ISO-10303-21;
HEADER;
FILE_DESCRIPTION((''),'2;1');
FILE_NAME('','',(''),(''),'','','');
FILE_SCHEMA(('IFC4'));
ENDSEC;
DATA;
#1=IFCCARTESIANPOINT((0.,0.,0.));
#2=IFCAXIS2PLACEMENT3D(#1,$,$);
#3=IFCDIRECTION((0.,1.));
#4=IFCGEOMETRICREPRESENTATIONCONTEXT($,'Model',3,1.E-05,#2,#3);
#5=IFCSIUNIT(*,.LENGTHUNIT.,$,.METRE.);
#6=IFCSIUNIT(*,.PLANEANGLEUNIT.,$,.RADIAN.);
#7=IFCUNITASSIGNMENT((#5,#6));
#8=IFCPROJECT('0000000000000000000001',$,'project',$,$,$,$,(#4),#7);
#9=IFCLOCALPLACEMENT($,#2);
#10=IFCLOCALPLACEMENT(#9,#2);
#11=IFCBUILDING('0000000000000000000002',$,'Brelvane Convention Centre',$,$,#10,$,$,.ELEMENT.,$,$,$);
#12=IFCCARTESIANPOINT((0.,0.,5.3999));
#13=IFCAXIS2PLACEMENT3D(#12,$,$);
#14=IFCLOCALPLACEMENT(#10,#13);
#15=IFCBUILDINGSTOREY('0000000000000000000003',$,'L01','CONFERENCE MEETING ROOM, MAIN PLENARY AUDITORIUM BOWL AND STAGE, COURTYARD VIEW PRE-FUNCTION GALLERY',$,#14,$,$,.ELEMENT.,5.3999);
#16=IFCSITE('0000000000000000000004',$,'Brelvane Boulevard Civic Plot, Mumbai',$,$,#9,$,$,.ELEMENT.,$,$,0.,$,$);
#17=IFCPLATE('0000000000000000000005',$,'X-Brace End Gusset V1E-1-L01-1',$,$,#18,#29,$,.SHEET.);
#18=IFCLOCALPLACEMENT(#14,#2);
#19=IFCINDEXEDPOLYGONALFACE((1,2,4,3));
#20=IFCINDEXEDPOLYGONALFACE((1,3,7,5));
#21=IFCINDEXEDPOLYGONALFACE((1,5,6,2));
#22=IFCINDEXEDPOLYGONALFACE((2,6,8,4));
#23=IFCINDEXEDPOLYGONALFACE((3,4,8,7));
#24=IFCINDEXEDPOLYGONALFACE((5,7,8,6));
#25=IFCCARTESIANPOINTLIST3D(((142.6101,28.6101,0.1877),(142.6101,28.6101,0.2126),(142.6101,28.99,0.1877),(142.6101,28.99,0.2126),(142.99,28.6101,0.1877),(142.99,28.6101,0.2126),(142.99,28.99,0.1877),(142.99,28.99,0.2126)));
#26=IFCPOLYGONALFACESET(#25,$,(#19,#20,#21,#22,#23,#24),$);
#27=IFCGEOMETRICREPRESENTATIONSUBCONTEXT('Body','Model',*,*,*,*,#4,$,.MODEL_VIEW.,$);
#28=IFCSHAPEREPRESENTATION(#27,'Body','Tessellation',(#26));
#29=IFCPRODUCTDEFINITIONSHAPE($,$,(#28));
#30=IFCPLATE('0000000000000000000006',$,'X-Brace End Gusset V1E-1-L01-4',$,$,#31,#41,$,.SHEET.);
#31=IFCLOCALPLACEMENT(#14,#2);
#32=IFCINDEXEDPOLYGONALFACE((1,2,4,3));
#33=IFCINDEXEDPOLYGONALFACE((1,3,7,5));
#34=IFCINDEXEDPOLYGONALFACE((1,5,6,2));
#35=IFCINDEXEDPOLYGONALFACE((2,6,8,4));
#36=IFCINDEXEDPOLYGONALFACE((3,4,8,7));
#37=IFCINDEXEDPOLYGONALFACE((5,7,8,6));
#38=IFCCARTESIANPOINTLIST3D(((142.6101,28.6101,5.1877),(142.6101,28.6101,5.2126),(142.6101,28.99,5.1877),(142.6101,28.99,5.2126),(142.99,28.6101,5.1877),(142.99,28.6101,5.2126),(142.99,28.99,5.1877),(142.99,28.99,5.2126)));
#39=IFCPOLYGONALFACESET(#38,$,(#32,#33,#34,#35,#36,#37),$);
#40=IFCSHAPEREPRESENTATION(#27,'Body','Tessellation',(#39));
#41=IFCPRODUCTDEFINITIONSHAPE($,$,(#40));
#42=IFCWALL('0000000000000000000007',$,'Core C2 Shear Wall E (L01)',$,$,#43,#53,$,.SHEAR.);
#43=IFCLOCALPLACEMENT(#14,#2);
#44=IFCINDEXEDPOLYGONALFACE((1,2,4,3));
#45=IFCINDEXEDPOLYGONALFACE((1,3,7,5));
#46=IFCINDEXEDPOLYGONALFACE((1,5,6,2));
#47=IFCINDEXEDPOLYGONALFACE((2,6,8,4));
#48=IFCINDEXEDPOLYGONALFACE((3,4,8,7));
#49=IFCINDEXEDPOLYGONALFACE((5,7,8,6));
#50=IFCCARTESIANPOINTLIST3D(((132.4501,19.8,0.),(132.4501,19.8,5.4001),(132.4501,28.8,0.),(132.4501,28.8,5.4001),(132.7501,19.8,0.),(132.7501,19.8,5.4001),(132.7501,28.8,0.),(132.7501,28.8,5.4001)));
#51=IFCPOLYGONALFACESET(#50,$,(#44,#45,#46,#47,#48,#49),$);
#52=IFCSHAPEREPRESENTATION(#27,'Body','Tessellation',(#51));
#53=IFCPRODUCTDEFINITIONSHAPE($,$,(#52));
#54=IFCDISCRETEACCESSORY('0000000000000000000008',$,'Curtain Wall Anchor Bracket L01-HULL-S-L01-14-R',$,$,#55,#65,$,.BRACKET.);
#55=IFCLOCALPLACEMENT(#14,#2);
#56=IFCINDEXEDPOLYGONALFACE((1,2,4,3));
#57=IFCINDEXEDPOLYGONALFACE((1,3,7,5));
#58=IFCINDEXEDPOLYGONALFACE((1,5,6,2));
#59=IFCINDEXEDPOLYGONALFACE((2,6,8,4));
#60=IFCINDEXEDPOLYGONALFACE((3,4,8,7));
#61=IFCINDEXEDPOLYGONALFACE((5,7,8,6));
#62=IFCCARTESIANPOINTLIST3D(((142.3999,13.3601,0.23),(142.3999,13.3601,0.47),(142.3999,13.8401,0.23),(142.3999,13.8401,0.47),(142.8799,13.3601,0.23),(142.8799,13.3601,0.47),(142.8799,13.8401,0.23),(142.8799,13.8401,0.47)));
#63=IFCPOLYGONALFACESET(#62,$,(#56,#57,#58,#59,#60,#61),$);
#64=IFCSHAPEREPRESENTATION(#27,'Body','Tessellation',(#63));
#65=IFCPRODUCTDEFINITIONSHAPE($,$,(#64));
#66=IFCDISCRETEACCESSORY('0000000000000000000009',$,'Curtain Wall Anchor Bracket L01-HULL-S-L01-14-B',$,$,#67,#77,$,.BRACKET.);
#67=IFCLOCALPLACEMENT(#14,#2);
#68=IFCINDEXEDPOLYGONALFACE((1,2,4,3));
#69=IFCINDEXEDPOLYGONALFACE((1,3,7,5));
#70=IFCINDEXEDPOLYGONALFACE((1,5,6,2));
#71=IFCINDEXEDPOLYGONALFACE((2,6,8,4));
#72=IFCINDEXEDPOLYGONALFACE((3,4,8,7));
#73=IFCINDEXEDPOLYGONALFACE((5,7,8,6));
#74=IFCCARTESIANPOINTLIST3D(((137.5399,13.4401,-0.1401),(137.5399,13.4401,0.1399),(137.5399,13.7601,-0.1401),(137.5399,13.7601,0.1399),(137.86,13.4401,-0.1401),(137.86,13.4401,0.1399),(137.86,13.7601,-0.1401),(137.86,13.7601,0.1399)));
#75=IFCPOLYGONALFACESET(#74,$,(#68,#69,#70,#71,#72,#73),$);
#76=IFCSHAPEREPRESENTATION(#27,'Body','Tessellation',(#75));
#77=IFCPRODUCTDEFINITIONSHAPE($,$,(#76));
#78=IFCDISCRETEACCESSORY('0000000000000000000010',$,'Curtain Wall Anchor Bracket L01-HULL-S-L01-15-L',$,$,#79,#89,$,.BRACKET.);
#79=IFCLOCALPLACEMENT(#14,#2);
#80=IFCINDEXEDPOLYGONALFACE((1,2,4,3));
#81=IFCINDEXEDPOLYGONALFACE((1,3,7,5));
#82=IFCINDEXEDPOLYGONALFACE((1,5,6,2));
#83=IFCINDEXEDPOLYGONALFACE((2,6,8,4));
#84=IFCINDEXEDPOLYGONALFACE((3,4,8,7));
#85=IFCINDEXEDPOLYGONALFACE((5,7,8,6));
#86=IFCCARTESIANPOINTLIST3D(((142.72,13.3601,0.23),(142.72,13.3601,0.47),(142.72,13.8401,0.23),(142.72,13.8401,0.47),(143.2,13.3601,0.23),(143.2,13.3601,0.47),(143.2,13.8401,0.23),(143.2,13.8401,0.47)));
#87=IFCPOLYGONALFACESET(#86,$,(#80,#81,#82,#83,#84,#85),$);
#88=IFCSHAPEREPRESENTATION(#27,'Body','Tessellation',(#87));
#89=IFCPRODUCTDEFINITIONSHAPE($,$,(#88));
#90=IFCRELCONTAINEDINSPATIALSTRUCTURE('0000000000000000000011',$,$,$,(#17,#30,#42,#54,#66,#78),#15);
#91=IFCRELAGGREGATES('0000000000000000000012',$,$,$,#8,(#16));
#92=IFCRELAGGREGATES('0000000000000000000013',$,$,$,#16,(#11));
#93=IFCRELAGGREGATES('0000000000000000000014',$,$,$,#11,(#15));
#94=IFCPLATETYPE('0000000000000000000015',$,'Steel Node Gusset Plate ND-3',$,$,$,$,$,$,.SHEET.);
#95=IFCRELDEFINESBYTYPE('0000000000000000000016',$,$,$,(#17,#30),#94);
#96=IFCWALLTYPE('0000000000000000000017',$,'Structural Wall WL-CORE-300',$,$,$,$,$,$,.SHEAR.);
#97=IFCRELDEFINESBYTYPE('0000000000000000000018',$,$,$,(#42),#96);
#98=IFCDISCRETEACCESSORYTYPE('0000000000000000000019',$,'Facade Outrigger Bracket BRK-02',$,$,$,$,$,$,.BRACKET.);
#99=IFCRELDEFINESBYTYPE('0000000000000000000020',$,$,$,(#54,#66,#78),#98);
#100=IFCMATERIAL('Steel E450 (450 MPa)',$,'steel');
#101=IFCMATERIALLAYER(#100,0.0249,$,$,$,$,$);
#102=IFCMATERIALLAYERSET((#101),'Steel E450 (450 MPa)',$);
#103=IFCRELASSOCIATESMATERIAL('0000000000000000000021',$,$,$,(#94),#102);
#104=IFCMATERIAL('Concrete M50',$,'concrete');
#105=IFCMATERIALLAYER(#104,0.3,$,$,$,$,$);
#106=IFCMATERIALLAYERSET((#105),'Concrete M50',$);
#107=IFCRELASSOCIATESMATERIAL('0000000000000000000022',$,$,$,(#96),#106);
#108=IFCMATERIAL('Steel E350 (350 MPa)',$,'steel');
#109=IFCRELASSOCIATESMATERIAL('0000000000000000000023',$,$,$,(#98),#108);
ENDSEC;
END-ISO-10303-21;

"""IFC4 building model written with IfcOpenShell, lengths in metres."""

from ifc_helpers import new_model, si_unit, direction, frame, frame_2d, origin, origin_2d, place, context, subcontext, project, spatial, rectangle, extrude, material, layer, layer_set, type_object, element, save


model = new_model("IFC4")

# Units and contexts
model_context = context("Model", 3, precision=1e-05, world=origin(), true_north=direction((0.0, 1.0)))
body_context = subcontext(model_context, "Body", "Model", "MODEL_VIEW")
ifc_project = project(units=[si_unit("LENGTHUNIT", "METRE"), si_unit("PLANEANGLEUNIT", "RADIAN")], contexts=[model_context])

# Site, building, storey
site_placement = place(None, origin())
site = spatial("IfcSite", under=ifc_project, at=site_placement, Name="Brelvane Boulevard Civic Plot, Mumbai", CompositionType="ELEMENT", RefElevation=0.0)
building_placement = place(site_placement, origin())
building = spatial("IfcBuilding", under=site, at=building_placement, Name="Brelvane Convention Centre", CompositionType="ELEMENT")
storey_placement = place(building_placement, frame((0.0, 0.0, 5.3999)))
storey = spatial("IfcBuildingStorey", under=building, at=storey_placement, Name="L01", Description="CONFERENCE MEETING ROOM, MAIN PLENARY AUDITORIUM BOWL AND STAGE, COURTYARD VIEW PRE-FUNCTION GALLERY", CompositionType="ELEMENT", Elevation=5.3999)

# Plates
ifc_material_1 = material(Name="Steel E450 (450 MPa)", Category="steel")
ifc_layer_1 = layer(ifc_material_1, 0.0249)
ifc_layer_set_1 = layer_set([ifc_layer_1], Name="Steel E450 (450 MPa)")
plate_type = type_object("IfcPlateType", Name="Steel Node Gusset Plate ND-3", PredefinedType="SHEET", material=ifc_layer_set_1)
for number, where, z_axis, x_axis, name in (
    (1, (142.8, 28.8, 0.1877), (0.0, 0.0, 1.0), (1.0, 0.0, 0.0), "X-Brace End Gusset V1E-1-L01-1"),
    (2, (142.8, 28.8, 5.1877), (0.0, 0.0, 1.0), (1.0, 0.0, 0.0), "X-Brace End Gusset V1E-1-L01-4"),
):
    element("IfcPlate", number, at=place(storey_placement, frame(where, z_axis=z_axis, x_axis=x_axis)), inside=storey, type_object=plate_type, Name=name, PredefinedType="SHEET", context=body_context, shape_type="SweptSolid", body=[
        extrude(rectangle(XDim=0.3799, YDim=0.3799, at=origin_2d()), origin(), (0.0, 0.0, 1.0), 0.0249),
    ])

# Wall
ifc_material_2 = material(Name="Concrete M50", Category="concrete")
ifc_layer_2 = layer(ifc_material_2, 0.3)
ifc_layer_set_2 = layer_set([ifc_layer_2], Name="Concrete M50")
wall_type = type_object("IfcWallType", Name="Structural Wall WL-CORE-300", PredefinedType="SHEAR", material=ifc_layer_set_2)
wall_placement = place(storey_placement, frame((132.6001, 19.8, 0.0), z_axis=(0.0, 0.0, 1.0), x_axis=(0.0, 1.0, 0.0)))
element("IfcWall", 3, at=wall_placement, inside=storey, type_object=wall_type, Name="Core C2 Shear Wall E (L01)", PredefinedType="SHEAR", context=body_context, shape_type="SweptSolid", body=[
    extrude(rectangle(XDim=9.0, YDim=0.3, at=frame_2d((4.5, 0.0))), origin(), (0.0, 0.0, 1.0), 5.4001),
])

# Discrete accessories
ifc_material_3 = material(Name="Steel E350 (350 MPa)", Category="steel")
discrete_accessory_type = type_object("IfcDiscreteAccessoryType", Name="Facade Outrigger Bracket BRK-02", PredefinedType="BRACKET", material=ifc_material_3)
discrete_accessory_1_placement = place(storey_placement, frame((142.6399, 13.6001, 0.23), z_axis=(0.0, 0.0, 1.0), x_axis=(1.0, 0.0, 0.0)))
element("IfcDiscreteAccessory", 4, at=discrete_accessory_1_placement, inside=storey, type_object=discrete_accessory_type, Name="Curtain Wall Anchor Bracket L01-HULL-S-L01-14-R", PredefinedType="BRACKET", context=body_context, shape_type="SweptSolid", body=[
    extrude(rectangle(XDim=0.48, YDim=0.48, at=origin_2d()), origin(), (0.0, 0.0, 1.0), 0.24),
])
discrete_accessory_2_placement = place(storey_placement, frame((137.7, 13.6001, -0.1401), z_axis=(0.0, 0.0, 1.0), x_axis=(1.0, 0.0, 0.0)))
element("IfcDiscreteAccessory", 5, at=discrete_accessory_2_placement, inside=storey, type_object=discrete_accessory_type, Name="Curtain Wall Anchor Bracket L01-HULL-S-L01-14-B", PredefinedType="BRACKET", context=body_context, shape_type="SweptSolid", body=[
    extrude(rectangle(XDim=0.3201, YDim=0.3201, at=origin_2d()), origin(), (0.0, 0.0, 1.0), 0.28),
])
discrete_accessory_3_placement = place(storey_placement, frame((142.96, 13.6001, 0.23), z_axis=(0.0, 0.0, 1.0), x_axis=(1.0, 0.0, 0.0)))
element("IfcDiscreteAccessory", 6, at=discrete_accessory_3_placement, inside=storey, type_object=discrete_accessory_type, Name="Curtain Wall Anchor Bracket L01-HULL-S-L01-15-L", PredefinedType="BRACKET", context=body_context, shape_type="SweptSolid", body=[
    extrude(rectangle(XDim=0.48, YDim=0.48, at=origin_2d()), origin(), (0.0, 0.0, 1.0), 0.24),
])

save(model, "model.ifc")
